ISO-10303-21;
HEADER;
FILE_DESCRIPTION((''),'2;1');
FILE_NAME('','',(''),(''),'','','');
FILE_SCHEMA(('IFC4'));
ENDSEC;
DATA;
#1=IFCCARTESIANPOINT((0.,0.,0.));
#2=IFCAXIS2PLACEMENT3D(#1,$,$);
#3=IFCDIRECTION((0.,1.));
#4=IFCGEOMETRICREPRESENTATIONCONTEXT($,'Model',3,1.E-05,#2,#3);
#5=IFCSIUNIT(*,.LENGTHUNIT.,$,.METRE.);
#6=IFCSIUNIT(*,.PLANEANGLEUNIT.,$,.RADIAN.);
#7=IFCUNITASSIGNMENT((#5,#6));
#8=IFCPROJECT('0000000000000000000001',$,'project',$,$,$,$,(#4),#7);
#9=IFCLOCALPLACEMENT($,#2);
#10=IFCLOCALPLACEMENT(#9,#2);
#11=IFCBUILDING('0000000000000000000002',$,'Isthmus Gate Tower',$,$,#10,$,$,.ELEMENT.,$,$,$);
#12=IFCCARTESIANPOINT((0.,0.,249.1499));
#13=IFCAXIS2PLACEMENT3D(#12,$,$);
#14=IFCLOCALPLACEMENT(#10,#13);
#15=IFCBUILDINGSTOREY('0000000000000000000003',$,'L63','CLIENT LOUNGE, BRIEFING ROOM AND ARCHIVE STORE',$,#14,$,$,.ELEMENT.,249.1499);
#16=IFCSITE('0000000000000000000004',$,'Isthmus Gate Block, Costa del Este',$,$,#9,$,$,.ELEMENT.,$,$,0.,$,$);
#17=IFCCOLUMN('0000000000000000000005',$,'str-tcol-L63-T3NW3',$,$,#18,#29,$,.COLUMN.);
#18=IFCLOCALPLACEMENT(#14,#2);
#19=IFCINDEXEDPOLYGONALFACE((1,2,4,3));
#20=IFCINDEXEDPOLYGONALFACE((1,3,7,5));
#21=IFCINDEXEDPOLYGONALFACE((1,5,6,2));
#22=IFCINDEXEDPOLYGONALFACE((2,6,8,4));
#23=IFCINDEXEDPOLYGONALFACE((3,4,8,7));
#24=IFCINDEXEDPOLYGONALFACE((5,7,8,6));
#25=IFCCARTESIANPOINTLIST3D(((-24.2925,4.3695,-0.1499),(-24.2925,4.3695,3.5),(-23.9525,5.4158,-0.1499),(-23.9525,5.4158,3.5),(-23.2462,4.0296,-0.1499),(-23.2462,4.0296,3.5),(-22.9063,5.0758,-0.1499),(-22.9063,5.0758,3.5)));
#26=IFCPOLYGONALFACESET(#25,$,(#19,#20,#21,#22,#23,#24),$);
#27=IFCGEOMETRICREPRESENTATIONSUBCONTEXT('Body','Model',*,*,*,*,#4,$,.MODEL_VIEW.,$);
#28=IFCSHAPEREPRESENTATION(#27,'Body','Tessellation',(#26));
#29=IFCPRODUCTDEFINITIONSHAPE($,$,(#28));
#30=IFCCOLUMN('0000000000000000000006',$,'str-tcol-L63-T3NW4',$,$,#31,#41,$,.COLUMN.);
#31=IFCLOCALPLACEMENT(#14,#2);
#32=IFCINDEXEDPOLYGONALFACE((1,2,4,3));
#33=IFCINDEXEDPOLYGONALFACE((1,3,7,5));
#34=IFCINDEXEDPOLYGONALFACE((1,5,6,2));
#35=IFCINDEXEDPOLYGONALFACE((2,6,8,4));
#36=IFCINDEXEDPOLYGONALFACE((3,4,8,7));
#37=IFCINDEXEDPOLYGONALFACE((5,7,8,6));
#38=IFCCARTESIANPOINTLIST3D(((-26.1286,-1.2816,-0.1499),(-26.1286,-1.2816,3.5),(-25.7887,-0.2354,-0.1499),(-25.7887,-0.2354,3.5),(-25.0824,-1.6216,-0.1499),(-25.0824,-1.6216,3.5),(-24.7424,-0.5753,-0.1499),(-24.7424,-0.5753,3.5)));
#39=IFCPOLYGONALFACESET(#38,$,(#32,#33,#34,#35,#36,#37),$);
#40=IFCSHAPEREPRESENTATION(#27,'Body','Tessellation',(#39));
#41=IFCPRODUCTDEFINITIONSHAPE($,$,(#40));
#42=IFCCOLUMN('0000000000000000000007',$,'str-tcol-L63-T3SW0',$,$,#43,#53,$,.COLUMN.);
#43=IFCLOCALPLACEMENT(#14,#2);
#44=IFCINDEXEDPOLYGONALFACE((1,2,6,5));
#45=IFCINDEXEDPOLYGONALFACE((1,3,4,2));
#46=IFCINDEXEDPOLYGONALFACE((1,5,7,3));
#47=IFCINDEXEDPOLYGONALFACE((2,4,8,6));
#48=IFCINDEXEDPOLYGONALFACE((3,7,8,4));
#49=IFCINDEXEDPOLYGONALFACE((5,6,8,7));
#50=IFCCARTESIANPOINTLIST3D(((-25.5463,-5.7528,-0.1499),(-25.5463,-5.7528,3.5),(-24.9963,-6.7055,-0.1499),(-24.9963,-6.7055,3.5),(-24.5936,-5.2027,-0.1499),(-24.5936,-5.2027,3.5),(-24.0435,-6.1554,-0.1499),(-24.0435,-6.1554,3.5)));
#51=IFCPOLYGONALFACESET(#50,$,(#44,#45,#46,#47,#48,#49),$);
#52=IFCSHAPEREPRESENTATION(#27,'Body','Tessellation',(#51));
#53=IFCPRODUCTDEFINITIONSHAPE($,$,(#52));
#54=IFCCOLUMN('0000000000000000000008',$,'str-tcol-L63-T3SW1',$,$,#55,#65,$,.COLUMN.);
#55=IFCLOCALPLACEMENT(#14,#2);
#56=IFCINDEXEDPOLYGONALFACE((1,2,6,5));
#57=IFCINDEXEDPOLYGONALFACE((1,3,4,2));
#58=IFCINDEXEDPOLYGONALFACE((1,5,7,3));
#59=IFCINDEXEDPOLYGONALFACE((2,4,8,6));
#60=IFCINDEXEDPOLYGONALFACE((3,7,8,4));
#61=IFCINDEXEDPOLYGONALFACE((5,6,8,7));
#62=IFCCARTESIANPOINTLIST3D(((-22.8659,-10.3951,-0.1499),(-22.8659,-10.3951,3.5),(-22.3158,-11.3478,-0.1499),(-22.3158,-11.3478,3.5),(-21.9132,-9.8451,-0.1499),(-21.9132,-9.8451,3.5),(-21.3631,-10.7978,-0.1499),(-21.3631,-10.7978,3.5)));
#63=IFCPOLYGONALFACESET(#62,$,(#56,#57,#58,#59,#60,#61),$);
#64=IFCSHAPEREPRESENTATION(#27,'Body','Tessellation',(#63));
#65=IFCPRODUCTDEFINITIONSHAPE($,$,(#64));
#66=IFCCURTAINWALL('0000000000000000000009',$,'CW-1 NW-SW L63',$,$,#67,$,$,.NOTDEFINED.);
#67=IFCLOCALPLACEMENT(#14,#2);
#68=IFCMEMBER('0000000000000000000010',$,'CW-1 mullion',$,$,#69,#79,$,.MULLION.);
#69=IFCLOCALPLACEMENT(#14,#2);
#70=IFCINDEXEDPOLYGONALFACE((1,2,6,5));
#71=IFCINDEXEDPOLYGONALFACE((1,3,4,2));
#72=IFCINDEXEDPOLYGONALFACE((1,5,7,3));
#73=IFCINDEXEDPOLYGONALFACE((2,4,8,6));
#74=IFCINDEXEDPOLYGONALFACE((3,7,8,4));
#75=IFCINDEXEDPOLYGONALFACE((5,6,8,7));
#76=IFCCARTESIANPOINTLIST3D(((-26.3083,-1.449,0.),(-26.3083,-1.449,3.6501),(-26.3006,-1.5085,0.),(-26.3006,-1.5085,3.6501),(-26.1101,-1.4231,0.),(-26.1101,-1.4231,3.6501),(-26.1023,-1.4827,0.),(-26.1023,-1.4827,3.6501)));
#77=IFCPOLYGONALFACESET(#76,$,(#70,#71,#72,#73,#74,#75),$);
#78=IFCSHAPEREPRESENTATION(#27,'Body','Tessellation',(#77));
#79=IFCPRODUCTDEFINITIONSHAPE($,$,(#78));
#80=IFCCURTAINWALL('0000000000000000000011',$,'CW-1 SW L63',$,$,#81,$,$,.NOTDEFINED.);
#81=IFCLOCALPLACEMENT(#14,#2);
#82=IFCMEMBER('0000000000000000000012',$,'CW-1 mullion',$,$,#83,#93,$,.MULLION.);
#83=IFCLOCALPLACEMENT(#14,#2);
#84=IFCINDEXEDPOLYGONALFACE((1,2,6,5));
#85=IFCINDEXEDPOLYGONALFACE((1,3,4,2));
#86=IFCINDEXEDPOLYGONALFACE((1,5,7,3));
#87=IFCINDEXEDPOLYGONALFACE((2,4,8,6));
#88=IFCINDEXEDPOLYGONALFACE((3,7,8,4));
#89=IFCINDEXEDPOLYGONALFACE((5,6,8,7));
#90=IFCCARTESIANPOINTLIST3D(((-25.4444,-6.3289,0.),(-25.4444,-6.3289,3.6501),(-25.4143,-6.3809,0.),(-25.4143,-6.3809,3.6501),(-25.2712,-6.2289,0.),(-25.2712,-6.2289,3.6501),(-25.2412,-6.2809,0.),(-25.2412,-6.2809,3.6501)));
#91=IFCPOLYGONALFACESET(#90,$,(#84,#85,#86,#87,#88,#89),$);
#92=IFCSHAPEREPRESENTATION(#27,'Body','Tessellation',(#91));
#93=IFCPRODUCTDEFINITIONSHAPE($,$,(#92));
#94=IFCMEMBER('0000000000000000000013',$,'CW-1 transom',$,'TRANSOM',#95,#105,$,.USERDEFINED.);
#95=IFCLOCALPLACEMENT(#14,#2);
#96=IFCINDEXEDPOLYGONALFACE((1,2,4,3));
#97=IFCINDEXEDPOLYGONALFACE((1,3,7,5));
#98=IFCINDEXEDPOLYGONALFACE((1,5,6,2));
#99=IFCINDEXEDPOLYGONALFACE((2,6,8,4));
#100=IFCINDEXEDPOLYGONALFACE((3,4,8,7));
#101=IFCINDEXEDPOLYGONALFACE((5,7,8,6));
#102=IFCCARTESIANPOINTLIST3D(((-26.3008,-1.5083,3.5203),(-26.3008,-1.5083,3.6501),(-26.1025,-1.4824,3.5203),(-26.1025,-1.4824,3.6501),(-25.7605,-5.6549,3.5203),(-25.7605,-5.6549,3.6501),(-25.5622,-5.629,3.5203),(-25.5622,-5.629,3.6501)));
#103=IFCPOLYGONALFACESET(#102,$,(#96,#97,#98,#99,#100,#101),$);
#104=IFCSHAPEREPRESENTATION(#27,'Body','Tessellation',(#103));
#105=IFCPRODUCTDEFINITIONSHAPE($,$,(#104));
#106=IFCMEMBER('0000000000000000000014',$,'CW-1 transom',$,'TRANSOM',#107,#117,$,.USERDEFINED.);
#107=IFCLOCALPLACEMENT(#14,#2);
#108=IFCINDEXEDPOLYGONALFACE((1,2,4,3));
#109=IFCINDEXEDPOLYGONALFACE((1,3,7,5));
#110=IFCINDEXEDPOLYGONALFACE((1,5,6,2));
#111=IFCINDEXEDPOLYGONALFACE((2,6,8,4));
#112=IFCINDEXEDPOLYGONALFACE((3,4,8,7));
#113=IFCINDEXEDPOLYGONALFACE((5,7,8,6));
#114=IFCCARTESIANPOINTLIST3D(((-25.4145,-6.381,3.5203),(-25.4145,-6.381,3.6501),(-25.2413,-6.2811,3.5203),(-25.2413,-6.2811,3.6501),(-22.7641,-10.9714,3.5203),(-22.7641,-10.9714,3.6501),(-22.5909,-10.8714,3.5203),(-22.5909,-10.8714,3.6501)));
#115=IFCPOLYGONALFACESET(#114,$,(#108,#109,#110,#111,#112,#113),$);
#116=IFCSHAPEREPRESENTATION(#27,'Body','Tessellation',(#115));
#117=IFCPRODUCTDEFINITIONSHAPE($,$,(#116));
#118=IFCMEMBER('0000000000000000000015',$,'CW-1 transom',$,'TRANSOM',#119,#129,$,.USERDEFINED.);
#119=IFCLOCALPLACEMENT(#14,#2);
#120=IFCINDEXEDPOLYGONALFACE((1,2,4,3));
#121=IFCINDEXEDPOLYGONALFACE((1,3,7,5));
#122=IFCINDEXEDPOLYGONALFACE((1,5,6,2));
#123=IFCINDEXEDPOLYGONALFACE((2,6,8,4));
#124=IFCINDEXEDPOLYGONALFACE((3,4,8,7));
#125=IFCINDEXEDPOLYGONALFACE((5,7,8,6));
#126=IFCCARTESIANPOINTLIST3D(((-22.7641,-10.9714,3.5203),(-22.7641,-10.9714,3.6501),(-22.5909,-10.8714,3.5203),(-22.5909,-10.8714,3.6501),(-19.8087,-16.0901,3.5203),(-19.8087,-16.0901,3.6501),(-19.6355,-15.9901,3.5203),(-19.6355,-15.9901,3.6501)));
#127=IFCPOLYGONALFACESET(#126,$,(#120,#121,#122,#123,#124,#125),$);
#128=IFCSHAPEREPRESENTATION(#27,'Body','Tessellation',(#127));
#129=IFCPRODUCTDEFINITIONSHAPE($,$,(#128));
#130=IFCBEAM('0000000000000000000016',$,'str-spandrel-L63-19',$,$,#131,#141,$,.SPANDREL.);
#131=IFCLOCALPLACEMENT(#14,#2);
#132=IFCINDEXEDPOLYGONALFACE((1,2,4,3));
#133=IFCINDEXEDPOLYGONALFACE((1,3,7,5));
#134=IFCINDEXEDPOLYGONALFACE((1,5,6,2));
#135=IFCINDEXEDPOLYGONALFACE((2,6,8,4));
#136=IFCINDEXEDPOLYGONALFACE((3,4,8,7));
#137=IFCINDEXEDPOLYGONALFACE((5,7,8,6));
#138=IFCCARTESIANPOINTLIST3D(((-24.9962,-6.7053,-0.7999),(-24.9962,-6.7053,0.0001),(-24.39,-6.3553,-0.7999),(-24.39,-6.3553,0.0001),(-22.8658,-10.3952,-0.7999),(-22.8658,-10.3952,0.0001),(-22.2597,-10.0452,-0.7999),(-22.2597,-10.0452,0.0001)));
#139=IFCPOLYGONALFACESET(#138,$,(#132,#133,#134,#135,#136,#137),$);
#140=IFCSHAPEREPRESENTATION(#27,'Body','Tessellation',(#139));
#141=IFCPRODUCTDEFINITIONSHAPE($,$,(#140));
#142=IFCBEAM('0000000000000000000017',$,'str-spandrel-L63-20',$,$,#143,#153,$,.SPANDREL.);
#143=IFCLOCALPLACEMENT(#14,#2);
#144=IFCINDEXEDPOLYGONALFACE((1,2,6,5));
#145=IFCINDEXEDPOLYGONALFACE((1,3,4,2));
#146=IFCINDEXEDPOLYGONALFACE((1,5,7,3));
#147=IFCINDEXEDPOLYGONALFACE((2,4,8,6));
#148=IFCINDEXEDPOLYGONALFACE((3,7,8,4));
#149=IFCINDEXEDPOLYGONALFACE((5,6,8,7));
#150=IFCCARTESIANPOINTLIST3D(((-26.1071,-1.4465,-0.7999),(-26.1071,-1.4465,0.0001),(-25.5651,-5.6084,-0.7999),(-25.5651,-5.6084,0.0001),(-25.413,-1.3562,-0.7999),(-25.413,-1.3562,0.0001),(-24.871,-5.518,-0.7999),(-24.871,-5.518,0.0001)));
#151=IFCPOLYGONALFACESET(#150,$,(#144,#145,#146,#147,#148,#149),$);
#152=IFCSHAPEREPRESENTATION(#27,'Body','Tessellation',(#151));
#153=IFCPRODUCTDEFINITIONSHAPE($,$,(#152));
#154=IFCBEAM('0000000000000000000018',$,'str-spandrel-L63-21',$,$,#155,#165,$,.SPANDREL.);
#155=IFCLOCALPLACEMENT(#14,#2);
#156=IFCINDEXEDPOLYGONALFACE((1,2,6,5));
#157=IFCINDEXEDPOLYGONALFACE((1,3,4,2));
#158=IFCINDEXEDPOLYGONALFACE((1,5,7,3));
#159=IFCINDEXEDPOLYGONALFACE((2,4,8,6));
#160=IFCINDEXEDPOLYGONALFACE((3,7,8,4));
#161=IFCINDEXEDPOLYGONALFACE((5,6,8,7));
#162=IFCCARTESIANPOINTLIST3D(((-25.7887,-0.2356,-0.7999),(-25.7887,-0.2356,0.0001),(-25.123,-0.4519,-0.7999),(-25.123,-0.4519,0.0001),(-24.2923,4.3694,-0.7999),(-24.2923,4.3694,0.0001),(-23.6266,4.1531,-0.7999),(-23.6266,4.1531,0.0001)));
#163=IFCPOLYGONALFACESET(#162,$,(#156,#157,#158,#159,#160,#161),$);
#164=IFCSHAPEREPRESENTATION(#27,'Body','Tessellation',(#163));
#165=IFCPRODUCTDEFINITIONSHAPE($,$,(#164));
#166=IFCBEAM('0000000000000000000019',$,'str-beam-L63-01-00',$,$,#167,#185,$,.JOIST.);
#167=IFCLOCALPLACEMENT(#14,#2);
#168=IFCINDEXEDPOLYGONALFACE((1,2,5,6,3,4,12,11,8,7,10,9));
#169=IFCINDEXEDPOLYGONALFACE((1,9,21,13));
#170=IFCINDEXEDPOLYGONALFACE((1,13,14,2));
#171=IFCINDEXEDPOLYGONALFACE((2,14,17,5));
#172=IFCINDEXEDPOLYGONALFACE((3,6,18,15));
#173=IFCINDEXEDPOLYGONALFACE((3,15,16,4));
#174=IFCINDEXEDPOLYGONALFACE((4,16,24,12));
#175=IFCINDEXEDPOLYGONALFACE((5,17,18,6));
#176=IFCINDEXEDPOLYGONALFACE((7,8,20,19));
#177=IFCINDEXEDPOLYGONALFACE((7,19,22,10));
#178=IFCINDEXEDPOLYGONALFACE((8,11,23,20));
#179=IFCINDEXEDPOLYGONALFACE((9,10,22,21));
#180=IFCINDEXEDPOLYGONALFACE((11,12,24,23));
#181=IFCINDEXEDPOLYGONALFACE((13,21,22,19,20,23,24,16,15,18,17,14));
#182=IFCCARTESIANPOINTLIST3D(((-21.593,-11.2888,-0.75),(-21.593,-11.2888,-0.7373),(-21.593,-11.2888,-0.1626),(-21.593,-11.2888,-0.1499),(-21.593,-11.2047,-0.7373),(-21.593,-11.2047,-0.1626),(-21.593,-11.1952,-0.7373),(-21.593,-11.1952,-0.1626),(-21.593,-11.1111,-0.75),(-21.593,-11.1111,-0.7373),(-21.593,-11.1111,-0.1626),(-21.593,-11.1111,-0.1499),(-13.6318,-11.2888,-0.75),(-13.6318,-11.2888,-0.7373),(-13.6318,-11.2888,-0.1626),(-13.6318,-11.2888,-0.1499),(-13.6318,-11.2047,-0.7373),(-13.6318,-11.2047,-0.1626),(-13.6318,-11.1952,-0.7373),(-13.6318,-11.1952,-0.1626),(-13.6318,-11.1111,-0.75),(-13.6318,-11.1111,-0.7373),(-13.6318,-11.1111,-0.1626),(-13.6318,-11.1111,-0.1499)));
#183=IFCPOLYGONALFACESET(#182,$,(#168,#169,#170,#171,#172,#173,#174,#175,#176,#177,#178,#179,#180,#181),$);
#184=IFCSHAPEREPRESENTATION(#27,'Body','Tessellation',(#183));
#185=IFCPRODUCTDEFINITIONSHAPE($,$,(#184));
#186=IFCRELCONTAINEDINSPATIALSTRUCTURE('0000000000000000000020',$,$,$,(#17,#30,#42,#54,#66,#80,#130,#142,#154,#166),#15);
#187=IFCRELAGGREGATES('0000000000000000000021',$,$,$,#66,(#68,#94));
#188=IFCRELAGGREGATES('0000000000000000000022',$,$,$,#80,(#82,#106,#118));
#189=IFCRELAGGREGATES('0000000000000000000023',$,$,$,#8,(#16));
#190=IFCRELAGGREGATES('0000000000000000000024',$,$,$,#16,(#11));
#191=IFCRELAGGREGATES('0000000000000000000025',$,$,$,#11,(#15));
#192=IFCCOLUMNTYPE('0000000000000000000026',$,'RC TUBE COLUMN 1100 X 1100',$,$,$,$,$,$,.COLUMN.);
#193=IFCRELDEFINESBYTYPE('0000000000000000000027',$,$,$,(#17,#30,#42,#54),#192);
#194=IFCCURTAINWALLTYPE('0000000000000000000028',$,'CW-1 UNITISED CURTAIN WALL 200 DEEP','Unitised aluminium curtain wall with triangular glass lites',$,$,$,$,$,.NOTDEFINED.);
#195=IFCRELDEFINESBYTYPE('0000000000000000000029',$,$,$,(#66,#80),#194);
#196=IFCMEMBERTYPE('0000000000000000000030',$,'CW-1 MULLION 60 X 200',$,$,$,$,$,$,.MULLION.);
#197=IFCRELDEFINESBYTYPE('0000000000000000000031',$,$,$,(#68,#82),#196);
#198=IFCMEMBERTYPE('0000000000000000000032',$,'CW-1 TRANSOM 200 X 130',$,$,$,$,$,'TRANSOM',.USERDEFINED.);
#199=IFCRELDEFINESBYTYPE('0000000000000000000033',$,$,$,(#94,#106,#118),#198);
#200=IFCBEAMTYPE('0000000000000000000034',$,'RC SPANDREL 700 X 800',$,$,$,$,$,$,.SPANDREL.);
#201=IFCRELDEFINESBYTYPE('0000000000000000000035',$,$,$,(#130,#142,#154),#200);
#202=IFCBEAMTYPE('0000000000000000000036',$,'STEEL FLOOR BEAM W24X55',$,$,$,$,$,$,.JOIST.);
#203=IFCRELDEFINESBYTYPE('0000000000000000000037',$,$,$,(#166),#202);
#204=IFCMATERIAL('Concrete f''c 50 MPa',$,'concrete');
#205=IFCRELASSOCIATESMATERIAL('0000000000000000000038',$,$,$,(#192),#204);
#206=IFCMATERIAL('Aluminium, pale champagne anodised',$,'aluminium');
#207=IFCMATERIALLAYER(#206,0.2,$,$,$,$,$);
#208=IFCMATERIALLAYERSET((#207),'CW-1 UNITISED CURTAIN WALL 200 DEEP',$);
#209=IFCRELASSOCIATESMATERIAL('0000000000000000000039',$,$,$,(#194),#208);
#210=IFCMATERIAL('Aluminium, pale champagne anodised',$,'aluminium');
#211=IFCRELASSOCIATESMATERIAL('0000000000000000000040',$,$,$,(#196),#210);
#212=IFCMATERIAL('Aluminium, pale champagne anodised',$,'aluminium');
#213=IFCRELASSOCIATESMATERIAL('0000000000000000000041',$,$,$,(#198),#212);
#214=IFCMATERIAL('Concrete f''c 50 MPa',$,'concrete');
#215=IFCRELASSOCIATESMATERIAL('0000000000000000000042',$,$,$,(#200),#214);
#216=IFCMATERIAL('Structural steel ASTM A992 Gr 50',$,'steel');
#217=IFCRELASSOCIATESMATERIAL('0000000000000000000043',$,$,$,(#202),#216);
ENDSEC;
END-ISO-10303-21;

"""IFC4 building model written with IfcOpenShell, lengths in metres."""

from ifc_helpers import new_model, si_unit, direction, frame, origin, origin_2d, place, context, subcontext, project, spatial, rectangle, i_section, extrude, material, layer, layer_set, material_profile, profile_set, type_object, element, aggregate, save


model = new_model("IFC4")

# Units and contexts
model_context = context("Model", 3, precision=1e-05, world=origin(), true_north=direction((0.0, 1.0)))
body_context = subcontext(model_context, "Body", "Model", "MODEL_VIEW")
ifc_project = project(units=[si_unit("LENGTHUNIT", "METRE"), si_unit("PLANEANGLEUNIT", "RADIAN")], contexts=[model_context])

# Site, building, storey
site_placement = place(None, origin())
site = spatial("IfcSite", under=ifc_project, at=site_placement, Name="Isthmus Gate Block, Costa del Este", CompositionType="ELEMENT", RefElevation=0.0)
building_placement = place(site_placement, origin())
building = spatial("IfcBuilding", under=site, at=building_placement, Name="Isthmus Gate Tower", CompositionType="ELEMENT")
storey_placement = place(building_placement, frame((0.0, 0.0, 249.1499)))
storey = spatial("IfcBuildingStorey", under=building, at=storey_placement, Name="L63", Description="CLIENT LOUNGE, BRIEFING ROOM AND ARCHIVE STORE", CompositionType="ELEMENT", Elevation=249.1499)

# Columns
ifc_material_1 = material(Name="Concrete f'c 50 MPa", Category="concrete")
ifc_material_profile_1 = material_profile(ifc_material_1, rectangle(XDim=1.1001, YDim=1.1001, at=origin_2d()), Name="RC 1100X1100")
ifc_profile_set_1 = profile_set([ifc_material_profile_1], Name="Concrete f'c 50 MPa")
column_type = type_object("IfcColumnType", Name="RC TUBE COLUMN 1100 X 1100", PredefinedType="COLUMN", material=ifc_profile_set_1)
for number, where, z_axis, x_axis, name in (
    (1, (-23.5994, 4.7227, -0.1499), (0.0, 0.0, 1.0), (-0.309017, -0.951057, 0.0), "str-tcol-L63-T3NW3"),
    (2, (-25.4355, -0.9285, -0.1499), (0.0, 0.0, 1.0), (-0.309017, -0.951057, 0.0), "str-tcol-L63-T3NW4"),
    (3, (-24.7949, -5.9541, -0.1499), (0.0, 0.0, 1.0), (0.5, -0.866025, 0.0), "str-tcol-L63-T3SW0"),
    (4, (-22.1145, -10.5964, -0.1499), (0.0, 0.0, 1.0), (0.5, -0.866025, 0.0), "str-tcol-L63-T3SW1"),
):
    element("IfcColumn", number, at=place(storey_placement, frame(where, z_axis=z_axis, x_axis=x_axis)), inside=storey, type_object=column_type, Name=name, PredefinedType="COLUMN", context=body_context, shape_type="SweptSolid", body=[
        extrude(rectangle(XDim=1.1001, YDim=1.1001, at=origin_2d()), origin(), (0.0, 0.0, 1.0), 3.6499),
    ])

# Curtain walls, members
ifc_material_2 = material(Name="Aluminium, pale champagne anodised", Category="aluminium")
ifc_layer_1 = layer(ifc_material_2, 0.2)
ifc_layer_set_1 = layer_set([ifc_layer_1], Name="CW-1 UNITISED CURTAIN WALL 200 DEEP")
curtain_wall_type = type_object("IfcCurtainWallType", Name="CW-1 UNITISED CURTAIN WALL 200 DEEP", Description="Unitised aluminium curtain wall with triangular glass lites", PredefinedType="NOTDEFINED", material=ifc_layer_set_1)
curtain_wall_1_placement = place(storey_placement, origin())
curtain_wall_1 = element("IfcCurtainWall", 5, at=curtain_wall_1_placement, inside=storey, type_object=curtain_wall_type, Name="CW-1 NW-SW L63", PredefinedType="NOTDEFINED")
ifc_material_3 = material(Name="Aluminium, pale champagne anodised", Category="aluminium")
ifc_material_profile_2 = material_profile(ifc_material_3, rectangle(XDim=0.0601, YDim=0.2, at=origin_2d()), Name="60x200")
ifc_profile_set_2 = profile_set([ifc_material_profile_2], Name="Aluminium, pale champagne anodised")
member_type_1 = type_object("IfcMemberType", Name="CW-1 MULLION 60 X 200", PredefinedType="MULLION", material=ifc_profile_set_2)
member_1_placement = place(storey_placement, frame((-26.2053, -1.4658, 0.0), z_axis=(0.0, 0.0, 1.0), x_axis=(0.129165, -0.991623, 0.0)))
member_1 = element("IfcMember", 6, at=member_1_placement, type_object=member_type_1, Name="CW-1 mullion", PredefinedType="MULLION", context=body_context, shape_type="SweptSolid", body=[
    extrude(rectangle(XDim=0.0601, YDim=0.2, at=origin_2d()), origin(), (0.0, 0.0, 1.0), 3.6501),
])
curtain_wall_2_placement = place(storey_placement, origin())
curtain_wall_2 = element("IfcCurtainWall", 7, at=curtain_wall_2_placement, inside=storey, type_object=curtain_wall_type, Name="CW-1 SW L63", PredefinedType="NOTDEFINED")
member_2_placement = place(storey_placement, frame((-25.3428, -6.3049, 0.0), z_axis=(0.0, 0.0, 1.0), x_axis=(0.5, -0.866025, 0.0)))
member_2 = element("IfcMember", 8, at=member_2_placement, type_object=member_type_1, Name="CW-1 mullion", PredefinedType="MULLION", context=body_context, shape_type="SweptSolid", body=[
    extrude(rectangle(XDim=0.0601, YDim=0.2, at=origin_2d()), origin(), (0.0, 0.0, 1.0), 3.6501),
])

# Members
ifc_material_4 = material(Name="Aluminium, pale champagne anodised", Category="aluminium")
ifc_material_profile_3 = material_profile(ifc_material_4, rectangle(XDim=0.2, YDim=0.1299, at=origin_2d()), Name="200x130")
ifc_profile_set_3 = profile_set([ifc_material_profile_3], Name="Aluminium, pale champagne anodised")
member_type_2 = type_object("IfcMemberType", Name="CW-1 TRANSOM 200 X 130", ElementType="TRANSOM", PredefinedType="USERDEFINED", material=ifc_profile_set_3)
member_3_placement = place(storey_placement, frame((-26.2017, -1.4954, 3.5852), z_axis=(0.129207, -0.991618, 0.0), x_axis=(0.991618, 0.129207, 0.0)))
member_3 = element("IfcMember", 9, at=member_3_placement, type_object=member_type_2, Name="CW-1 transom", ObjectType="TRANSOM", PredefinedType="USERDEFINED", context=body_context, shape_type="SweptSolid", body=[
    extrude(rectangle(XDim=0.2, YDim=0.1299, at=origin_2d()), origin(), (0.0, 0.0, 1.0), 4.1816),
])
member_4_placement = place(storey_placement, frame((-25.3279, -6.3311, 3.5852), z_axis=(0.500023, -0.866012, 0.0), x_axis=(0.866012, 0.500023, 0.0)))
member_4 = element("IfcMember", 10, at=member_4_placement, type_object=member_type_2, Name="CW-1 transom", ObjectType="TRANSOM", PredefinedType="USERDEFINED", context=body_context, shape_type="SweptSolid", body=[
    extrude(rectangle(XDim=0.2, YDim=0.1299, at=origin_2d()), origin(), (0.0, 0.0, 1.0), 5.3005),
])
member_5_placement = place(storey_placement, frame((-22.6775, -10.9214, 3.5852), z_axis=(0.500008, -0.86602, 0.0), x_axis=(0.86602, 0.500008, 0.0)))
member_5 = element("IfcMember", 11, at=member_5_placement, type_object=member_type_2, Name="CW-1 transom", ObjectType="TRANSOM", PredefinedType="USERDEFINED", context=body_context, shape_type="SweptSolid", body=[
    extrude(rectangle(XDim=0.2, YDim=0.1299, at=origin_2d()), origin(), (0.0, 0.0, 1.0), 5.9106),
])

# Beams
ifc_material_5 = material(Name="Concrete f'c 50 MPa", Category="concrete")
ifc_material_profile_4 = material_profile(ifc_material_5, rectangle(XDim=0.7, YDim=0.8, at=origin_2d()), Name="RC 700X800")
ifc_profile_set_4 = profile_set([ifc_material_profile_4], Name="Concrete f'c 50 MPa")
beam_type_1 = type_object("IfcBeamType", Name="RC SPANDREL 700 X 800", PredefinedType="SPANDREL", material=ifc_profile_set_4)
beam_1_placement = place(storey_placement, frame((-22.5627, -10.2202, -0.3999), z_axis=(-0.499997, 0.866027, 0.0), x_axis=(-0.866027, -0.499997, 0.0)))
element("IfcBeam", 12, at=beam_1_placement, inside=storey, type_object=beam_type_1, Name="str-spandrel-L63-19", PredefinedType="SPANDREL", context=body_context, shape_type="SweptSolid", body=[
    extrude(rectangle(XDim=0.7, YDim=0.8, at=origin_2d()), origin(), (0.0, 0.0, 1.0), 4.2607),
])
beam_2_placement = place(storey_placement, frame((-25.218, -5.5632, -0.3999), z_axis=(-0.129138, 0.991627, 0.0), x_axis=(-0.991627, -0.129138, 0.0)))
element("IfcBeam", 13, at=beam_2_placement, inside=storey, type_object=beam_type_1, Name="str-spandrel-L63-20", PredefinedType="SPANDREL", context=body_context, shape_type="SweptSolid", body=[
    extrude(rectangle(XDim=0.7, YDim=0.8, at=origin_2d()), origin(), (0.0, 0.0, 1.0), 4.197),
])
beam_3_placement = place(storey_placement, frame((-25.4558, -0.3438, -0.3999), z_axis=(0.309034, 0.951051, 0.0), x_axis=(-0.951051, 0.309034, 0.0)))
element("IfcBeam", 14, at=beam_3_placement, inside=storey, type_object=beam_type_1, Name="str-spandrel-L63-21", PredefinedType="SPANDREL", context=body_context, shape_type="SweptSolid", body=[
    extrude(rectangle(XDim=0.7, YDim=0.8, at=origin_2d()), origin(), (0.0, 0.0, 1.0), 4.842),
])
ifc_material_6 = material(Name="Structural steel ASTM A992 Gr 50", Category="steel")
ifc_material_profile_5 = material_profile(ifc_material_6, i_section(OverallWidth=0.1777, OverallDepth=0.6001, WebThickness=0.0095, FlangeThickness=0.0127, at=origin_2d()), Name="W24X55")
ifc_profile_set_5 = profile_set([ifc_material_profile_5], Name="Structural steel ASTM A992 Gr 50")
beam_type_2 = type_object("IfcBeamType", Name="STEEL FLOOR BEAM W24X55", PredefinedType="JOIST", material=ifc_profile_set_5)
beam_4_placement = place(storey_placement, frame((-21.593, -11.2, -0.45), z_axis=(1.0, 0.0, 0.0), x_axis=(0.0, 1.0, 0.0)))
element("IfcBeam", 15, at=beam_4_placement, inside=storey, type_object=beam_type_2, Name="str-beam-L63-01-00", PredefinedType="JOIST", context=body_context, shape_type="SweptSolid", body=[
    extrude(i_section(OverallWidth=0.1777, OverallDepth=0.6001, WebThickness=0.0095, FlangeThickness=0.0127, at=origin_2d()), origin(), (0.0, 0.0, 1.0), 7.9612),
])

aggregate(curtain_wall_1, [member_1, member_3])
aggregate(curtain_wall_2, [member_2, member_4, member_5])

save(model, "model.ifc")
